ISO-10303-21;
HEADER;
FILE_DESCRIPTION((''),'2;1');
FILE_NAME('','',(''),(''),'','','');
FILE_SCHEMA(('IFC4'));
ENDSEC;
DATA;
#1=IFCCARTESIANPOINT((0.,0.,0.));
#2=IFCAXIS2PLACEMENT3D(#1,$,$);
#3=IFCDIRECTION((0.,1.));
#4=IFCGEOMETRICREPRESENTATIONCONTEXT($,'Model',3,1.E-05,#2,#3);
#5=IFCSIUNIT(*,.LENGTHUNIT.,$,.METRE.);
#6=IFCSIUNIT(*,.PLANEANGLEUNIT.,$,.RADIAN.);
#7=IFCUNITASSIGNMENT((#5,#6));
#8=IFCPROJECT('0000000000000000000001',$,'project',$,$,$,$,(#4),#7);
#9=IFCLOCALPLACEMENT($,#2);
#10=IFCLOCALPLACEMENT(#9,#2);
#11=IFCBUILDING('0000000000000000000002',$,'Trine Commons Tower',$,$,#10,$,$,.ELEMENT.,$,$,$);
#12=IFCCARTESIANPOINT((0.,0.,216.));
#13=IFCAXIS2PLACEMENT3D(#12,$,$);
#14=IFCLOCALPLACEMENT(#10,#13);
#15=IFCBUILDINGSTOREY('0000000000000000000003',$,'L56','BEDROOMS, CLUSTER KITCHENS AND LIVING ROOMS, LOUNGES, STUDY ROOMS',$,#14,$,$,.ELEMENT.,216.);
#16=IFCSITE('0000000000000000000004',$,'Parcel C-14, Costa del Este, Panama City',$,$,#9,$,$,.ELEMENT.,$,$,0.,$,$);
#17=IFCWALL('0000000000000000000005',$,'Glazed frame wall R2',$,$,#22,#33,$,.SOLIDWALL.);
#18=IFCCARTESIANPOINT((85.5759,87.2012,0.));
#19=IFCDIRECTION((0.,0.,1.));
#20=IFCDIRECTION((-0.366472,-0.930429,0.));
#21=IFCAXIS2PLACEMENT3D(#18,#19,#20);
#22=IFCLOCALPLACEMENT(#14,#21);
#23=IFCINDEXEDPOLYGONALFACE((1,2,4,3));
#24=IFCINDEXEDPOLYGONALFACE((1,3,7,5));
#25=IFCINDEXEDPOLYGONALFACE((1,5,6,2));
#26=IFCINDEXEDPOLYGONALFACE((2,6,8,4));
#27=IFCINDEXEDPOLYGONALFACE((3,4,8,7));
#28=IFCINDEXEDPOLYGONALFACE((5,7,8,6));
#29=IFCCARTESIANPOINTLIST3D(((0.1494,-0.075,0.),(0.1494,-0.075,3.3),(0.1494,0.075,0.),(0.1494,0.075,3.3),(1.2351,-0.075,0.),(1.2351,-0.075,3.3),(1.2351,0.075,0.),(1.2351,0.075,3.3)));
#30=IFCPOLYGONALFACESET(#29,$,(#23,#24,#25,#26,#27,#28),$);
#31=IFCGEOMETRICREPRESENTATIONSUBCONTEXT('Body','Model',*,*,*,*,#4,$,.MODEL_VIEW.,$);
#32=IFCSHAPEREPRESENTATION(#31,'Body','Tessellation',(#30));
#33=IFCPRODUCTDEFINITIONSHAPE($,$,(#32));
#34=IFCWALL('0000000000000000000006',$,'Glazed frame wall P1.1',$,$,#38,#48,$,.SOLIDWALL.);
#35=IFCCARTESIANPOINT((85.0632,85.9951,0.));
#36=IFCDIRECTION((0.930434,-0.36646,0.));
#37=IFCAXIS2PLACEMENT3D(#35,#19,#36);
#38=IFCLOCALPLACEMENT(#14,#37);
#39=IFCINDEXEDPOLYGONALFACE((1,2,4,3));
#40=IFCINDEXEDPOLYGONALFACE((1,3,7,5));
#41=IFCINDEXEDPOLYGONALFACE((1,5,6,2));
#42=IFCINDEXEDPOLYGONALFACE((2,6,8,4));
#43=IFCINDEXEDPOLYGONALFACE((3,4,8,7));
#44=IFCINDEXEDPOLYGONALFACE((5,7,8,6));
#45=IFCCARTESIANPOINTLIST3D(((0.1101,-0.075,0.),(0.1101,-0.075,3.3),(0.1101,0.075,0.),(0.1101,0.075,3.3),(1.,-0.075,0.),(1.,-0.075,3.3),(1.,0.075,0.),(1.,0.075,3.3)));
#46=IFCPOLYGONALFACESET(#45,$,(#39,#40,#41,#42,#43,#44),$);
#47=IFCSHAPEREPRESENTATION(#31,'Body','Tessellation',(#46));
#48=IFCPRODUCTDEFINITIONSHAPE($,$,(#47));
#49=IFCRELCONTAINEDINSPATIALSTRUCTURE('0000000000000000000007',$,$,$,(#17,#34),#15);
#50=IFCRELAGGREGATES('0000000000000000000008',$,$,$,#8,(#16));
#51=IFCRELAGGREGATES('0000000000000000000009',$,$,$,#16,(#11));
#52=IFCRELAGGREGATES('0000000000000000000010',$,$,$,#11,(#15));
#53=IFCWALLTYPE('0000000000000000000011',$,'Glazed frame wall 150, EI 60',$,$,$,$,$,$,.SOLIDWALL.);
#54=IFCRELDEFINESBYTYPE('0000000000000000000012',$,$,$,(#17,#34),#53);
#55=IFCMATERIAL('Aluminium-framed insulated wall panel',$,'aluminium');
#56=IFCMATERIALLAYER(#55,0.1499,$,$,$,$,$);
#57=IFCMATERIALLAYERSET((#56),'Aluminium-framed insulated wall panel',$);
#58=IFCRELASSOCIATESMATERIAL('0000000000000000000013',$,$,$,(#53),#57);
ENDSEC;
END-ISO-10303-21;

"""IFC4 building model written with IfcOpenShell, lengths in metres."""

from ifc_helpers import new_model, si_unit, direction, frame, origin, place, context, subcontext, project, spatial, polyline, outline, extrude, material, layer, layer_set, type_object, element, save


model = new_model("IFC4")

# Units and contexts
model_context = context("Model", 3, precision=1e-05, world=origin(), true_north=direction((0.0, 1.0)))
body_context = subcontext(model_context, "Body", "Model", "MODEL_VIEW")
ifc_project = project(units=[si_unit("LENGTHUNIT", "METRE"), si_unit("PLANEANGLEUNIT", "RADIAN")], contexts=[model_context])

# Site, building, storey
site_placement = place(None, origin())
site = spatial("IfcSite", under=ifc_project, at=site_placement, Name="Parcel C-14, Costa del Este, Panama City", CompositionType="ELEMENT", RefElevation=0.0)
building_placement = place(site_placement, origin())
building = spatial("IfcBuilding", under=site, at=building_placement, Name="Trine Commons Tower", CompositionType="ELEMENT")
storey_placement = place(building_placement, frame((0.0, 0.0, 216.0)))
storey = spatial("IfcBuildingStorey", under=building, at=storey_placement, Name="L56", Description="BEDROOMS, CLUSTER KITCHENS AND LIVING ROOMS, LOUNGES, STUDY ROOMS", CompositionType="ELEMENT", Elevation=216.0)

# Walls
ifc_material_1 = material(Name="Aluminium-framed insulated wall panel", Category="aluminium")
ifc_layer_1 = layer(ifc_material_1, 0.1499)
ifc_layer_set_1 = layer_set([ifc_layer_1], Name="Aluminium-framed insulated wall panel")
wall_type_1 = type_object("IfcWallType", Name="Glazed frame wall 150, EI 60", PredefinedType="SOLIDWALL", material=ifc_layer_set_1)
wall_1_placement = place(storey_placement, frame((85.5759, 87.2012, 0.0), z_axis=(0.0, 0.0, 1.0), x_axis=(-0.366472, -0.930429, 0.0)))
element("IfcWall", 1, at=wall_1_placement, inside=storey, type_object=wall_type_1, Name="Glazed frame wall R2", PredefinedType="SOLIDWALL", context=body_context, shape_type="SweptSolid", body=[
    extrude(outline(polyline([(0.1494, 0.075), (0.1494, -0.075), (1.2351, -0.075), (1.2351, 0.075), (0.1494, 0.075)])), origin(), (0.0, 0.0, 1.0), 3.3),
])
wall_2_placement = place(storey_placement, frame((85.0632, 85.9951, 0.0), z_axis=(0.0, 0.0, 1.0), x_axis=(0.930434, -0.36646, 0.0)))
element("IfcWall", 2, at=wall_2_placement, inside=storey, type_object=wall_type_1, Name="Glazed frame wall P1.1", PredefinedType="SOLIDWALL", context=body_context, shape_type="SweptSolid", body=[
    extrude(outline(polyline([(0.1101, -0.075), (1.0, -0.075), (1.0, 0.075), (0.1101, 0.075), (0.1101, -0.075)])), origin(), (0.0, 0.0, 1.0), 3.3),
])

save(model, "model.ifc")
